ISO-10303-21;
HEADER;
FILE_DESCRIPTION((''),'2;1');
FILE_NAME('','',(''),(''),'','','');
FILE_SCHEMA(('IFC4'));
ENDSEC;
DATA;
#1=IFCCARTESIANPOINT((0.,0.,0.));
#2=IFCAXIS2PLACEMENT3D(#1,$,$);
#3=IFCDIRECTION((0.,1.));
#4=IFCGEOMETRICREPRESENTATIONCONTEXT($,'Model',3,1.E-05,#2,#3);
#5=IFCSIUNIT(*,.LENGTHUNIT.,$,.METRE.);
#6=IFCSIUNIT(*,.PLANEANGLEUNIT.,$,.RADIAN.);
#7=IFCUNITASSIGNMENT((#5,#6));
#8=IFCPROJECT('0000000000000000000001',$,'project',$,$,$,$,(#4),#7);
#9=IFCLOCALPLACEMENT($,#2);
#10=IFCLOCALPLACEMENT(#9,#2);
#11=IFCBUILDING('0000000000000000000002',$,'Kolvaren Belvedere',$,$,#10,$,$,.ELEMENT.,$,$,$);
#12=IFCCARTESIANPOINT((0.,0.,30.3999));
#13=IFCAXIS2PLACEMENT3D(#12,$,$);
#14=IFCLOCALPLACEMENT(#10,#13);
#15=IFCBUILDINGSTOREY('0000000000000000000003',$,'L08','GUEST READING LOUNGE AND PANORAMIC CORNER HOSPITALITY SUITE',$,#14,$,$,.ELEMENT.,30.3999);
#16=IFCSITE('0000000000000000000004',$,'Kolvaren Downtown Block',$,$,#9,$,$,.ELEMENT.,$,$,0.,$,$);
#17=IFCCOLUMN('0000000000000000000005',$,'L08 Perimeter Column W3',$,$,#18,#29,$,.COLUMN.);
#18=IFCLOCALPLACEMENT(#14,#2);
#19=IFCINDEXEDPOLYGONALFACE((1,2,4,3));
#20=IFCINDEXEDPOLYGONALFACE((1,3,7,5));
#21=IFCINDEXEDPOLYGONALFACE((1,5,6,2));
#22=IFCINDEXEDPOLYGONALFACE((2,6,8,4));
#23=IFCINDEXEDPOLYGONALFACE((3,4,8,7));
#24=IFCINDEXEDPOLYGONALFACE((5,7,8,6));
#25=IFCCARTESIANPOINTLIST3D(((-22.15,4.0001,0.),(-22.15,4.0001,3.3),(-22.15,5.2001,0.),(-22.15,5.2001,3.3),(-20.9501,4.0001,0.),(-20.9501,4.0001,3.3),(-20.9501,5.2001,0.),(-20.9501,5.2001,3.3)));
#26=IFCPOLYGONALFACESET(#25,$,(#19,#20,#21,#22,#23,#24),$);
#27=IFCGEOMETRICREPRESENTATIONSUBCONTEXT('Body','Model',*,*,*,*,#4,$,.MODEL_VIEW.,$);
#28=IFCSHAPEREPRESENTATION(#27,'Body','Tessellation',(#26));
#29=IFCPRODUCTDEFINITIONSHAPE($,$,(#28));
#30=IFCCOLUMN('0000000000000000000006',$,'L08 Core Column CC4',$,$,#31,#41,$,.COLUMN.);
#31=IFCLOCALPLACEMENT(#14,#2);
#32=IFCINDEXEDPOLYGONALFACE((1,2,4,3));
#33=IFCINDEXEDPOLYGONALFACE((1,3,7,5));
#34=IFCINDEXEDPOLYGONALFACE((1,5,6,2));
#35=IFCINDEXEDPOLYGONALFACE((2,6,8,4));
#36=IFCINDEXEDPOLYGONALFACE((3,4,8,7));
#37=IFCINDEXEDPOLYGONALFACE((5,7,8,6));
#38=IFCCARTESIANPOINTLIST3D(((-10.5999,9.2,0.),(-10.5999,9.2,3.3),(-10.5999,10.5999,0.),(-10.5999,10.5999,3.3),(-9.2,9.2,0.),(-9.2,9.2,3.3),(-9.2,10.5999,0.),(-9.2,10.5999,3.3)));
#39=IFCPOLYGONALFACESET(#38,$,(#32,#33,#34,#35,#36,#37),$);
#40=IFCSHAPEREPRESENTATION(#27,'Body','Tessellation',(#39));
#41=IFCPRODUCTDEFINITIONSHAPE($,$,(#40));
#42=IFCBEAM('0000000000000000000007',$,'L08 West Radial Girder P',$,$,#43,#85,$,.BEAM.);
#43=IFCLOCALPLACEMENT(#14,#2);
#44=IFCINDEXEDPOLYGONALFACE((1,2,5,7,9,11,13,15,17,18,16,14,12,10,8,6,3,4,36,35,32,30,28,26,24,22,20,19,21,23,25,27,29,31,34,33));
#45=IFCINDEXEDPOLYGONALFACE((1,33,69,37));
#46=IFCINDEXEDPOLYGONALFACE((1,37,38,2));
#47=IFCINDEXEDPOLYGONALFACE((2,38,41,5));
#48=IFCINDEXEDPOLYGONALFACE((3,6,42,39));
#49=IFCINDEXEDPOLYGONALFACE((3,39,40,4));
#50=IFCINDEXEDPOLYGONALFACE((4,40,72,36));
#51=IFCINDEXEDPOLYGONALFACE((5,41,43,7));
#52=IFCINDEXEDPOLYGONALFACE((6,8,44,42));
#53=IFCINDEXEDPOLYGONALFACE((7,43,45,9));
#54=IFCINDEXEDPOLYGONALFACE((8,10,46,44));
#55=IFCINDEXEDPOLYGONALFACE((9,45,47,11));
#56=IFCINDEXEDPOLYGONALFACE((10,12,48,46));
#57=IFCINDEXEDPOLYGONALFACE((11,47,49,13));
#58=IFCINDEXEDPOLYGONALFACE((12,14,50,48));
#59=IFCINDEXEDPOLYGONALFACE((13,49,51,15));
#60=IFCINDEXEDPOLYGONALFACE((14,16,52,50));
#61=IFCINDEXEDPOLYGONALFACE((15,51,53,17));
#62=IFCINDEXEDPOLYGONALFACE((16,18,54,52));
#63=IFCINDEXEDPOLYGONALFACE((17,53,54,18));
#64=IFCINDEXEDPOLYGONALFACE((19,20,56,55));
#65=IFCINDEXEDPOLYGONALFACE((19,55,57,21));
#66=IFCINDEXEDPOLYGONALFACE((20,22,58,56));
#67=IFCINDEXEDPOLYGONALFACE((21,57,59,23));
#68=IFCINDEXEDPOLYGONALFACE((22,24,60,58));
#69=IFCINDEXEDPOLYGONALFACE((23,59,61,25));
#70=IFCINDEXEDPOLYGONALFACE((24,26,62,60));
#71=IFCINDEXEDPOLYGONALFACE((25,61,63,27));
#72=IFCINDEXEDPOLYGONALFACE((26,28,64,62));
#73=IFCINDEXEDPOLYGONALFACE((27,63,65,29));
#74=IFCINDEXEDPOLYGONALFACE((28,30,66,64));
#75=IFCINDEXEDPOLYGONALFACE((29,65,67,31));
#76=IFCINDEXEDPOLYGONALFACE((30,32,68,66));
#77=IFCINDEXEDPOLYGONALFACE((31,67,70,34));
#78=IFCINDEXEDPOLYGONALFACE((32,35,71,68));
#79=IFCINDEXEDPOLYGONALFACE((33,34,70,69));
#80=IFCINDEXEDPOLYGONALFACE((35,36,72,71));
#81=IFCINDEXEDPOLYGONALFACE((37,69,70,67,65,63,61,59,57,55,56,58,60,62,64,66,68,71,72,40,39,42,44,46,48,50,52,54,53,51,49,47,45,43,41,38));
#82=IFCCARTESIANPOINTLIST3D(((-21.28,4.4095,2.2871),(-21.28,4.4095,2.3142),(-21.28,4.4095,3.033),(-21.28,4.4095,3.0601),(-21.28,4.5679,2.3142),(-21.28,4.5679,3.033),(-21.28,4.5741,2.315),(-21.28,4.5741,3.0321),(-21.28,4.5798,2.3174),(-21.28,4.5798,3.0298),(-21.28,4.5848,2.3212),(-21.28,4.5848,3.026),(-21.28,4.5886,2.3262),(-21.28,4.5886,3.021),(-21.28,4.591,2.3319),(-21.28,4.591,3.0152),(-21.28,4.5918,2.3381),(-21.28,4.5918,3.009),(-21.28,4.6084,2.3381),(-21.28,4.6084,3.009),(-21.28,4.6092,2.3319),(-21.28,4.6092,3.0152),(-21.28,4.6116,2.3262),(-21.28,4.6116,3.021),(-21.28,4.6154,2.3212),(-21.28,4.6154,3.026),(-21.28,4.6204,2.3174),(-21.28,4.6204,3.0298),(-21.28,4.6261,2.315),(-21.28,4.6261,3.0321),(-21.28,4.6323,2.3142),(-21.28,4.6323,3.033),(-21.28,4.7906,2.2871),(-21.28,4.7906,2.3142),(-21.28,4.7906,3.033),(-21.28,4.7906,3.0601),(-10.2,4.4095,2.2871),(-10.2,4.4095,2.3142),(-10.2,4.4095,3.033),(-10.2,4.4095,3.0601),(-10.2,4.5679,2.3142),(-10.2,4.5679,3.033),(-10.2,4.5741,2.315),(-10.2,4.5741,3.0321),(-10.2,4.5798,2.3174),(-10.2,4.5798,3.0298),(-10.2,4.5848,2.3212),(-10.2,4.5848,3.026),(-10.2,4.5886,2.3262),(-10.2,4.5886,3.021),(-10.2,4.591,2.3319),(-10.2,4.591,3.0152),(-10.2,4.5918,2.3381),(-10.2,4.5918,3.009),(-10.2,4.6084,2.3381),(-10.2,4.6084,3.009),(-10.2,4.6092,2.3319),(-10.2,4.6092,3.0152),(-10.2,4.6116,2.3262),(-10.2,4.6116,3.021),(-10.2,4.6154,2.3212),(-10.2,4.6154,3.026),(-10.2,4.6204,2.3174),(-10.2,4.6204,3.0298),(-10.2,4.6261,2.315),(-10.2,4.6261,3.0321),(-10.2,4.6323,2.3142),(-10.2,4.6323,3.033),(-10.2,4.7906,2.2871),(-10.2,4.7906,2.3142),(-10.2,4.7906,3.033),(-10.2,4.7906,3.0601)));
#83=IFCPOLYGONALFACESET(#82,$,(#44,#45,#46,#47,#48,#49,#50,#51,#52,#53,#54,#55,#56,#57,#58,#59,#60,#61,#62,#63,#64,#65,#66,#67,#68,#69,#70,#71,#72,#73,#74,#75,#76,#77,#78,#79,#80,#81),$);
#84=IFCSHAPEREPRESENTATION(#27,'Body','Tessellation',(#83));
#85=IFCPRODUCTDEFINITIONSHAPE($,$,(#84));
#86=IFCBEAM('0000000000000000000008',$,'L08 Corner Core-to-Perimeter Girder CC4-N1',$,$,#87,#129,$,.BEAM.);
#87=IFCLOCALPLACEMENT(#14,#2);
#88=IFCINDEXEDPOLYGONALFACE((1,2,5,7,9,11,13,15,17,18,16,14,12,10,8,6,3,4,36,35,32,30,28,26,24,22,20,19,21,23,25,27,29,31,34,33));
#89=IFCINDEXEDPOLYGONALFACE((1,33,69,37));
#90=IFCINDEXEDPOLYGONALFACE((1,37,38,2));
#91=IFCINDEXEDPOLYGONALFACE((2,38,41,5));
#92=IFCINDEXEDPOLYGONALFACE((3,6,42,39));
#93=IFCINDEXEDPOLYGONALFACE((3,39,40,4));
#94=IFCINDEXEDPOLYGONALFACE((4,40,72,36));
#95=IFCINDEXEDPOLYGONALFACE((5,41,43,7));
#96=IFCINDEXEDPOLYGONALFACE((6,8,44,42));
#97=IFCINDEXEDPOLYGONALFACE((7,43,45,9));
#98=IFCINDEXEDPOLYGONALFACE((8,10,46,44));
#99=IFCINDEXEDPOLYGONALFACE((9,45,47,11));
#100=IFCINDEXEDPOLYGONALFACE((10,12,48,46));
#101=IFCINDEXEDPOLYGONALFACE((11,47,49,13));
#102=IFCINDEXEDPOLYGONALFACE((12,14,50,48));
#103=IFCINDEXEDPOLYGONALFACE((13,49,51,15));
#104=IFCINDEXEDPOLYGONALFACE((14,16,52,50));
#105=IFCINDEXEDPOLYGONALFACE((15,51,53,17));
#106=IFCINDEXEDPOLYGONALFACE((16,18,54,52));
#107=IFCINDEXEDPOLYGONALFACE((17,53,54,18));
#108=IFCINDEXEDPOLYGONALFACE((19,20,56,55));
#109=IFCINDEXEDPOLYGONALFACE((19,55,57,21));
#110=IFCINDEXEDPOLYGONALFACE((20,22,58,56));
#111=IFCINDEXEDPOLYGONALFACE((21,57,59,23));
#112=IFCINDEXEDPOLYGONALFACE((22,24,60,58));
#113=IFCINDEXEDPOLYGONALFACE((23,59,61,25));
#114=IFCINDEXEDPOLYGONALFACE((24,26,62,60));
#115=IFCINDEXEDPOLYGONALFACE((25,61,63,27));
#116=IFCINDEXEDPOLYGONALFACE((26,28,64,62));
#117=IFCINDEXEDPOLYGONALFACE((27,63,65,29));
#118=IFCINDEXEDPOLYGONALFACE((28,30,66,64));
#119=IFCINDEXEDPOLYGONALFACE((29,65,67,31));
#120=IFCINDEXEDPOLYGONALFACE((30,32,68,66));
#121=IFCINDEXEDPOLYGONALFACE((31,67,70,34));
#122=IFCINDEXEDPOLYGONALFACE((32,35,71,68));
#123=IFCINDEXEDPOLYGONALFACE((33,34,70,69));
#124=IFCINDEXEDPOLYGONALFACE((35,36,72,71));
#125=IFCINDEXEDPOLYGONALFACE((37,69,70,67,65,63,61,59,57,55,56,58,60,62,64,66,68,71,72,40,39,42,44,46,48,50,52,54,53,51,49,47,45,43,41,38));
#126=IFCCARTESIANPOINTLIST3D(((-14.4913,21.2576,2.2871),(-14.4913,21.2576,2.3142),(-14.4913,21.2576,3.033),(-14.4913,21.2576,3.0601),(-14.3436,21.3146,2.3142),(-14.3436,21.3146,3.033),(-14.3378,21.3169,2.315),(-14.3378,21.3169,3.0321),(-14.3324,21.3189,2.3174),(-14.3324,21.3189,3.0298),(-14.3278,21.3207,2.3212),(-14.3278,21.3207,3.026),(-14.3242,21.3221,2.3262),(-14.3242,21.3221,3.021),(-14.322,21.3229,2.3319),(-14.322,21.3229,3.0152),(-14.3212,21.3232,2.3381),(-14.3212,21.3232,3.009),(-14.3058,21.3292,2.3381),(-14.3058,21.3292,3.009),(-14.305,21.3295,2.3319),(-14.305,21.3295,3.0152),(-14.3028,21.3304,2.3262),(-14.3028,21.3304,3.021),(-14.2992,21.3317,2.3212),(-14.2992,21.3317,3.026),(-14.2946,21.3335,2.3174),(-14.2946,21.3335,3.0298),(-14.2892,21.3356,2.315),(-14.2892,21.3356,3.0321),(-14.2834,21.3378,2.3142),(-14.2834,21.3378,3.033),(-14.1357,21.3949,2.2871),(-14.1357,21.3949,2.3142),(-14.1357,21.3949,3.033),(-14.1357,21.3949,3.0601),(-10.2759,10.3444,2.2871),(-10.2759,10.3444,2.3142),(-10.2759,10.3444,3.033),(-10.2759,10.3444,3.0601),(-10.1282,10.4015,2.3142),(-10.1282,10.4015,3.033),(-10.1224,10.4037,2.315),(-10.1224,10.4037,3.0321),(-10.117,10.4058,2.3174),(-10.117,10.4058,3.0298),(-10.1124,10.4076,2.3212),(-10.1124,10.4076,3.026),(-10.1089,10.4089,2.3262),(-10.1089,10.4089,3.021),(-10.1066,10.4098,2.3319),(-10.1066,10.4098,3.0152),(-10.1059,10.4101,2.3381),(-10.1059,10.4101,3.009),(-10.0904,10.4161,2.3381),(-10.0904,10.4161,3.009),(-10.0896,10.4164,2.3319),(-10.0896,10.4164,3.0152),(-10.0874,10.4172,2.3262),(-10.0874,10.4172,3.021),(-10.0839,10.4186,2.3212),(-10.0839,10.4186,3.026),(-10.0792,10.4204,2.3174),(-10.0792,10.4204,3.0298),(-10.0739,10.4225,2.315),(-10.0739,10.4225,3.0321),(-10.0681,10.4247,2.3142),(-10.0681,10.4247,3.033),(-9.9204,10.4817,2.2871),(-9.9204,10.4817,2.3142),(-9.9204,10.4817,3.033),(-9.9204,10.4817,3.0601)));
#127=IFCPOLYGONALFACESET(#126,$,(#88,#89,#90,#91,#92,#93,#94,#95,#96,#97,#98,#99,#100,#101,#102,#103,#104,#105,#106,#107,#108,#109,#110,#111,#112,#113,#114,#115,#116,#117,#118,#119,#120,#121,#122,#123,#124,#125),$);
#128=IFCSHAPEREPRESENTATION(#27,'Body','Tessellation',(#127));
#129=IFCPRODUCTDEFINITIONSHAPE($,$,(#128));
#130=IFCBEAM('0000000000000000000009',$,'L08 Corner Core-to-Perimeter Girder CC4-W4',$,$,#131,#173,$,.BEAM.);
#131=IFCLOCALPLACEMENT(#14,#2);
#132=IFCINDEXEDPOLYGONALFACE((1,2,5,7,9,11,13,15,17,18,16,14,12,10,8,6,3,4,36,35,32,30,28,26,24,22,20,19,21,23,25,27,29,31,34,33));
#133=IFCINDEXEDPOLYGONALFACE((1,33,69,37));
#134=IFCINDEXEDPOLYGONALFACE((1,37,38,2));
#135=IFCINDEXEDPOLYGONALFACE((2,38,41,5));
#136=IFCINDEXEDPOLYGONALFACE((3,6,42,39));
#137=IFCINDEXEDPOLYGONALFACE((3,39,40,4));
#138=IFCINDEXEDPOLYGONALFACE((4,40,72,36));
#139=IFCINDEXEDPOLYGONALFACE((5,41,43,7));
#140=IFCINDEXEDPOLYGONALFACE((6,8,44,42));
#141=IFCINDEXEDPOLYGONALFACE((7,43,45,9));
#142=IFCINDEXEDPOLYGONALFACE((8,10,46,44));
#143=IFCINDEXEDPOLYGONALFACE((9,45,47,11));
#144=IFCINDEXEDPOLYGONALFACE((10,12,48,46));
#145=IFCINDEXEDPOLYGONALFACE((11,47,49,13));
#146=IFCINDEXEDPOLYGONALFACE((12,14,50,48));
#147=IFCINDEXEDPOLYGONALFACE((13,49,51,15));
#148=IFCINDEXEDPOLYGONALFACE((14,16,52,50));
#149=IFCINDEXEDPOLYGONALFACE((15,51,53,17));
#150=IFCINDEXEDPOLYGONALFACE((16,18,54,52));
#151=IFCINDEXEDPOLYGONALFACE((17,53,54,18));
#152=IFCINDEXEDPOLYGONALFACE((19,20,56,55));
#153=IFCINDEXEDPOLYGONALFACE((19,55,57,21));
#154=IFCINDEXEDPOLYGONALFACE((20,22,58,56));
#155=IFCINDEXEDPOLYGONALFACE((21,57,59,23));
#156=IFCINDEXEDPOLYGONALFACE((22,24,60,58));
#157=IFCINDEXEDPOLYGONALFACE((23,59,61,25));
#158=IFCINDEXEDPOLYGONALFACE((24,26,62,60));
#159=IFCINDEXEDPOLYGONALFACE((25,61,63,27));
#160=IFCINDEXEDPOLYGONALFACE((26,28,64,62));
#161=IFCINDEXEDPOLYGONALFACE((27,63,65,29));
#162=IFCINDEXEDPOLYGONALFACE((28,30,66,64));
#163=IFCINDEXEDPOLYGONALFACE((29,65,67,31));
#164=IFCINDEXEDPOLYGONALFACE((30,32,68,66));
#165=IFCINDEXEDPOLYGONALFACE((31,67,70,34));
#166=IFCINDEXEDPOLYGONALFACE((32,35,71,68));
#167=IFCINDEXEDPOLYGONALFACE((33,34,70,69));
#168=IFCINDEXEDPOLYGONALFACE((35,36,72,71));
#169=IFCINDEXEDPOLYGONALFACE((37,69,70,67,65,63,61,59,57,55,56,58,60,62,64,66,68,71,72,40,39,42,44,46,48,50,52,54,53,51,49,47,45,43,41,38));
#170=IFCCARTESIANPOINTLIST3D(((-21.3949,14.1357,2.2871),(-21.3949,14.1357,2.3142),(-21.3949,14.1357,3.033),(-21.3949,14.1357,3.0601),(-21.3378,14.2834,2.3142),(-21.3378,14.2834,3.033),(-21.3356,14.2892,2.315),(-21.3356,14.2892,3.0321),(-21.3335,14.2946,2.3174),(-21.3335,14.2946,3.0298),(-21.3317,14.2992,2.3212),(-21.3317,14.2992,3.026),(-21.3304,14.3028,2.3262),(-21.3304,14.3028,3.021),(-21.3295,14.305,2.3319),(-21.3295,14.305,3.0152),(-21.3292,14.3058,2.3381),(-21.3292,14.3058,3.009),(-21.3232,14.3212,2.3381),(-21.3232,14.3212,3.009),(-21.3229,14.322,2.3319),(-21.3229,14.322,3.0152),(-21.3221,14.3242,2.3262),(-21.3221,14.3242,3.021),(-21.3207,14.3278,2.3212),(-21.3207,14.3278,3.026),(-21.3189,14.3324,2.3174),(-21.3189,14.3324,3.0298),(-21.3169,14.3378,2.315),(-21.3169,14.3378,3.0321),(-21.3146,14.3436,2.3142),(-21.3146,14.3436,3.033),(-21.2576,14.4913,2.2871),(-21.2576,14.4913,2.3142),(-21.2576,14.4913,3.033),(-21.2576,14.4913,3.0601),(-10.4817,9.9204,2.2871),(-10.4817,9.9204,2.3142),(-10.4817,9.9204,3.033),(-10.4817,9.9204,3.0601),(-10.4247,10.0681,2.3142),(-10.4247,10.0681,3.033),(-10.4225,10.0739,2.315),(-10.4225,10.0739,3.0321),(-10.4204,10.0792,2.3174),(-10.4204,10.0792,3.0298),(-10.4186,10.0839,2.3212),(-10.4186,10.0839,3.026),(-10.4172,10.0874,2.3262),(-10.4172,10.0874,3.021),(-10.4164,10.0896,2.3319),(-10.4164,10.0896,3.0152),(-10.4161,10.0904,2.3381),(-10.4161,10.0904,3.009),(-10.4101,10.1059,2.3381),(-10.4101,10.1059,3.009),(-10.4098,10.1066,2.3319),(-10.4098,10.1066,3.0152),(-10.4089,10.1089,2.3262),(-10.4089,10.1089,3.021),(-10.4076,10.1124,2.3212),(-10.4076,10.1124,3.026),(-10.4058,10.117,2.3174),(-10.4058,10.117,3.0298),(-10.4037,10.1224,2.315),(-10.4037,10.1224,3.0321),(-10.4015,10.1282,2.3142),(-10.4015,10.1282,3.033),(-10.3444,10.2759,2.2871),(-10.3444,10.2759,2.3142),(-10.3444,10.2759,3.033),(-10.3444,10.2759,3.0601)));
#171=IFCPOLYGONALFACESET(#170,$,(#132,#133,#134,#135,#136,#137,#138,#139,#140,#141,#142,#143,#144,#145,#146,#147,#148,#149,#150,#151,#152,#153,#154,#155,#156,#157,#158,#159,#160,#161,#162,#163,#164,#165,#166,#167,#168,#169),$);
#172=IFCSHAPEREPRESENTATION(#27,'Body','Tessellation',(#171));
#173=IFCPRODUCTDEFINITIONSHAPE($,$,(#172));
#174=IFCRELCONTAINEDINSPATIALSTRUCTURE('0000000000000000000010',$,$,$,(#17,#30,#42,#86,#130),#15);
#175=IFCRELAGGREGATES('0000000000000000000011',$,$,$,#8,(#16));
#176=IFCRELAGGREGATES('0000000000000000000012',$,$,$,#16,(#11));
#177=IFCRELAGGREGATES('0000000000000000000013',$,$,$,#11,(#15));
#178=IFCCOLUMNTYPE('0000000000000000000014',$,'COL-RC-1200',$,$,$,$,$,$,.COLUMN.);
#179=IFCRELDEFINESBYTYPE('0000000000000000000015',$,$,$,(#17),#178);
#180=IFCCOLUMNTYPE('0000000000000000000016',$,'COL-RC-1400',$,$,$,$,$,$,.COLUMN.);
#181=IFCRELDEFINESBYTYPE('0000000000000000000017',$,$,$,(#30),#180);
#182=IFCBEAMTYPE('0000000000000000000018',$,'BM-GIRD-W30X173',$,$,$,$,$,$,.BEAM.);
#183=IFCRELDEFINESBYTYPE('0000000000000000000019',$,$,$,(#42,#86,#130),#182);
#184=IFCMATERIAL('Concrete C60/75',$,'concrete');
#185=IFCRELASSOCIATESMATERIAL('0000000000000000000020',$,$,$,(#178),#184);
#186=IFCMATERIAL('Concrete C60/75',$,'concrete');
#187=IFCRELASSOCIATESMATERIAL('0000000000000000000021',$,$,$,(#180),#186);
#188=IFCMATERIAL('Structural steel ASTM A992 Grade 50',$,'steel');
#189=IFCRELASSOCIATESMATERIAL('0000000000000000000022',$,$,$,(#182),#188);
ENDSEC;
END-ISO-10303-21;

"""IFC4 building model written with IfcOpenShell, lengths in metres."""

from ifc_helpers import new_model, si_unit, direction, frame, origin, origin_2d, place, context, subcontext, project, spatial, rectangle, i_section, extrude, material, material_profile, profile_set, type_object, element, save


model = new_model("IFC4")

# Units and contexts
model_context = context("Model", 3, precision=1e-05, world=origin(), true_north=direction((0.0, 1.0)))
body_context = subcontext(model_context, "Body", "Model", "MODEL_VIEW")
ifc_project = project(units=[si_unit("LENGTHUNIT", "METRE"), si_unit("PLANEANGLEUNIT", "RADIAN")], contexts=[model_context])

# Site, building, storey
site_placement = place(None, origin())
site = spatial("IfcSite", under=ifc_project, at=site_placement, Name="Kolvaren Downtown Block", CompositionType="ELEMENT", RefElevation=0.0)
building_placement = place(site_placement, origin())
building = spatial("IfcBuilding", under=site, at=building_placement, Name="Kolvaren Belvedere", CompositionType="ELEMENT")
storey_placement = place(building_placement, frame((0.0, 0.0, 30.3999)))
storey = spatial("IfcBuildingStorey", under=building, at=storey_placement, Name="L08", Description="GUEST READING LOUNGE AND PANORAMIC CORNER HOSPITALITY SUITE", CompositionType="ELEMENT", Elevation=30.3999)

# Columns
ifc_material_1 = material(Name="Concrete C60/75", Category="concrete")
ifc_material_profile_1 = material_profile(ifc_material_1, rectangle(XDim=1.2, YDim=1.2, at=origin_2d()), Name="RC 1200X1200")
ifc_profile_set_1 = profile_set([ifc_material_profile_1], Name="Concrete C60/75")
column_type_1 = type_object("IfcColumnType", Name="COL-RC-1200", PredefinedType="COLUMN", material=ifc_profile_set_1)
column_1_placement = place(storey_placement, frame((-21.55, 4.6001, 0.0), z_axis=(0.0, 0.0, 1.0), x_axis=(1.0, 0.0, 0.0)))
element("IfcColumn", 1, at=column_1_placement, inside=storey, type_object=column_type_1, Name="L08 Perimeter Column W3", PredefinedType="COLUMN", context=body_context, shape_type="SweptSolid", body=[
    extrude(rectangle(XDim=1.2, YDim=1.2, at=origin_2d()), origin(), (0.0, 0.0, 1.0), 3.3),
])
ifc_material_2 = material(Name="Concrete C60/75", Category="concrete")
ifc_material_profile_2 = material_profile(ifc_material_2, rectangle(XDim=1.3999, YDim=1.3999, at=origin_2d()), Name="RC 1400X1400")
ifc_profile_set_2 = profile_set([ifc_material_profile_2], Name="Concrete C60/75")
column_type_2 = type_object("IfcColumnType", Name="COL-RC-1400", PredefinedType="COLUMN", material=ifc_profile_set_2)
column_2_placement = place(storey_placement, frame((-9.8999, 9.8999, 0.0), z_axis=(0.0, 0.0, 1.0), x_axis=(1.0, 0.0, 0.0)))
element("IfcColumn", 2, at=column_2_placement, inside=storey, type_object=column_type_2, Name="L08 Core Column CC4", PredefinedType="COLUMN", context=body_context, shape_type="SweptSolid", body=[
    extrude(rectangle(XDim=1.3999, YDim=1.3999, at=origin_2d()), origin(), (0.0, 0.0, 1.0), 3.3),
])

# Beams
ifc_material_3 = material(Name="Structural steel ASTM A992 Grade 50", Category="steel")
ifc_material_profile_3 = material_profile(ifc_material_3, i_section(OverallWidth=0.3811, OverallDepth=0.7729, WebThickness=0.0166, FlangeThickness=0.0271, FilletRadius=0.0239, at=origin_2d()), Name="W30X173")
ifc_profile_set_3 = profile_set([ifc_material_profile_3], Name="Structural steel ASTM A992 Grade 50")
beam_type_1 = type_object("IfcBeamType", Name="BM-GIRD-W30X173", PredefinedType="BEAM", material=ifc_profile_set_3)
beam_1_placement = place(storey_placement, frame((-10.2, 4.6001, 2.6736), z_axis=(-1.0, 0.0, 0.0), x_axis=(0.0, -1.0, 0.0)))
element("IfcBeam", 3, at=beam_1_placement, inside=storey, type_object=beam_type_1, Name="L08 West Radial Girder P", PredefinedType="BEAM", context=body_context, shape_type="SweptSolid", body=[
    extrude(i_section(OverallWidth=0.3811, OverallDepth=0.7729, WebThickness=0.0166, FlangeThickness=0.0271, FilletRadius=0.0239, at=origin_2d()), origin(), (0.0, 0.0, 1.0), 11.0801),
])
for number, where, z_axis, x_axis, name in (
    (4, (-10.0981, 10.4131, 2.6736), (-0.360318, 0.932829, 0.0), (-0.932829, -0.360318, 0.0), "L08 Corner Core-to-Perimeter Girder CC4-N1"),
    (5, (-10.4131, 10.0981, 2.6736), (-0.932829, 0.360318, 0.0), (-0.360318, -0.932829, 0.0), "L08 Corner Core-to-Perimeter Girder CC4-W4"),
):
    element("IfcBeam", number, at=place(storey_placement, frame(where, z_axis=z_axis, x_axis=x_axis)), inside=storey, type_object=beam_type_1, Name=name, PredefinedType="BEAM", context=body_context, shape_type="SweptSolid", body=[
        extrude(i_section(OverallWidth=0.3811, OverallDepth=0.7729, WebThickness=0.0166, FlangeThickness=0.0271, FilletRadius=0.0239, at=origin_2d()), origin(), (0.0, 0.0, 1.0), 11.699),
    ])

save(model, "model.ifc")
